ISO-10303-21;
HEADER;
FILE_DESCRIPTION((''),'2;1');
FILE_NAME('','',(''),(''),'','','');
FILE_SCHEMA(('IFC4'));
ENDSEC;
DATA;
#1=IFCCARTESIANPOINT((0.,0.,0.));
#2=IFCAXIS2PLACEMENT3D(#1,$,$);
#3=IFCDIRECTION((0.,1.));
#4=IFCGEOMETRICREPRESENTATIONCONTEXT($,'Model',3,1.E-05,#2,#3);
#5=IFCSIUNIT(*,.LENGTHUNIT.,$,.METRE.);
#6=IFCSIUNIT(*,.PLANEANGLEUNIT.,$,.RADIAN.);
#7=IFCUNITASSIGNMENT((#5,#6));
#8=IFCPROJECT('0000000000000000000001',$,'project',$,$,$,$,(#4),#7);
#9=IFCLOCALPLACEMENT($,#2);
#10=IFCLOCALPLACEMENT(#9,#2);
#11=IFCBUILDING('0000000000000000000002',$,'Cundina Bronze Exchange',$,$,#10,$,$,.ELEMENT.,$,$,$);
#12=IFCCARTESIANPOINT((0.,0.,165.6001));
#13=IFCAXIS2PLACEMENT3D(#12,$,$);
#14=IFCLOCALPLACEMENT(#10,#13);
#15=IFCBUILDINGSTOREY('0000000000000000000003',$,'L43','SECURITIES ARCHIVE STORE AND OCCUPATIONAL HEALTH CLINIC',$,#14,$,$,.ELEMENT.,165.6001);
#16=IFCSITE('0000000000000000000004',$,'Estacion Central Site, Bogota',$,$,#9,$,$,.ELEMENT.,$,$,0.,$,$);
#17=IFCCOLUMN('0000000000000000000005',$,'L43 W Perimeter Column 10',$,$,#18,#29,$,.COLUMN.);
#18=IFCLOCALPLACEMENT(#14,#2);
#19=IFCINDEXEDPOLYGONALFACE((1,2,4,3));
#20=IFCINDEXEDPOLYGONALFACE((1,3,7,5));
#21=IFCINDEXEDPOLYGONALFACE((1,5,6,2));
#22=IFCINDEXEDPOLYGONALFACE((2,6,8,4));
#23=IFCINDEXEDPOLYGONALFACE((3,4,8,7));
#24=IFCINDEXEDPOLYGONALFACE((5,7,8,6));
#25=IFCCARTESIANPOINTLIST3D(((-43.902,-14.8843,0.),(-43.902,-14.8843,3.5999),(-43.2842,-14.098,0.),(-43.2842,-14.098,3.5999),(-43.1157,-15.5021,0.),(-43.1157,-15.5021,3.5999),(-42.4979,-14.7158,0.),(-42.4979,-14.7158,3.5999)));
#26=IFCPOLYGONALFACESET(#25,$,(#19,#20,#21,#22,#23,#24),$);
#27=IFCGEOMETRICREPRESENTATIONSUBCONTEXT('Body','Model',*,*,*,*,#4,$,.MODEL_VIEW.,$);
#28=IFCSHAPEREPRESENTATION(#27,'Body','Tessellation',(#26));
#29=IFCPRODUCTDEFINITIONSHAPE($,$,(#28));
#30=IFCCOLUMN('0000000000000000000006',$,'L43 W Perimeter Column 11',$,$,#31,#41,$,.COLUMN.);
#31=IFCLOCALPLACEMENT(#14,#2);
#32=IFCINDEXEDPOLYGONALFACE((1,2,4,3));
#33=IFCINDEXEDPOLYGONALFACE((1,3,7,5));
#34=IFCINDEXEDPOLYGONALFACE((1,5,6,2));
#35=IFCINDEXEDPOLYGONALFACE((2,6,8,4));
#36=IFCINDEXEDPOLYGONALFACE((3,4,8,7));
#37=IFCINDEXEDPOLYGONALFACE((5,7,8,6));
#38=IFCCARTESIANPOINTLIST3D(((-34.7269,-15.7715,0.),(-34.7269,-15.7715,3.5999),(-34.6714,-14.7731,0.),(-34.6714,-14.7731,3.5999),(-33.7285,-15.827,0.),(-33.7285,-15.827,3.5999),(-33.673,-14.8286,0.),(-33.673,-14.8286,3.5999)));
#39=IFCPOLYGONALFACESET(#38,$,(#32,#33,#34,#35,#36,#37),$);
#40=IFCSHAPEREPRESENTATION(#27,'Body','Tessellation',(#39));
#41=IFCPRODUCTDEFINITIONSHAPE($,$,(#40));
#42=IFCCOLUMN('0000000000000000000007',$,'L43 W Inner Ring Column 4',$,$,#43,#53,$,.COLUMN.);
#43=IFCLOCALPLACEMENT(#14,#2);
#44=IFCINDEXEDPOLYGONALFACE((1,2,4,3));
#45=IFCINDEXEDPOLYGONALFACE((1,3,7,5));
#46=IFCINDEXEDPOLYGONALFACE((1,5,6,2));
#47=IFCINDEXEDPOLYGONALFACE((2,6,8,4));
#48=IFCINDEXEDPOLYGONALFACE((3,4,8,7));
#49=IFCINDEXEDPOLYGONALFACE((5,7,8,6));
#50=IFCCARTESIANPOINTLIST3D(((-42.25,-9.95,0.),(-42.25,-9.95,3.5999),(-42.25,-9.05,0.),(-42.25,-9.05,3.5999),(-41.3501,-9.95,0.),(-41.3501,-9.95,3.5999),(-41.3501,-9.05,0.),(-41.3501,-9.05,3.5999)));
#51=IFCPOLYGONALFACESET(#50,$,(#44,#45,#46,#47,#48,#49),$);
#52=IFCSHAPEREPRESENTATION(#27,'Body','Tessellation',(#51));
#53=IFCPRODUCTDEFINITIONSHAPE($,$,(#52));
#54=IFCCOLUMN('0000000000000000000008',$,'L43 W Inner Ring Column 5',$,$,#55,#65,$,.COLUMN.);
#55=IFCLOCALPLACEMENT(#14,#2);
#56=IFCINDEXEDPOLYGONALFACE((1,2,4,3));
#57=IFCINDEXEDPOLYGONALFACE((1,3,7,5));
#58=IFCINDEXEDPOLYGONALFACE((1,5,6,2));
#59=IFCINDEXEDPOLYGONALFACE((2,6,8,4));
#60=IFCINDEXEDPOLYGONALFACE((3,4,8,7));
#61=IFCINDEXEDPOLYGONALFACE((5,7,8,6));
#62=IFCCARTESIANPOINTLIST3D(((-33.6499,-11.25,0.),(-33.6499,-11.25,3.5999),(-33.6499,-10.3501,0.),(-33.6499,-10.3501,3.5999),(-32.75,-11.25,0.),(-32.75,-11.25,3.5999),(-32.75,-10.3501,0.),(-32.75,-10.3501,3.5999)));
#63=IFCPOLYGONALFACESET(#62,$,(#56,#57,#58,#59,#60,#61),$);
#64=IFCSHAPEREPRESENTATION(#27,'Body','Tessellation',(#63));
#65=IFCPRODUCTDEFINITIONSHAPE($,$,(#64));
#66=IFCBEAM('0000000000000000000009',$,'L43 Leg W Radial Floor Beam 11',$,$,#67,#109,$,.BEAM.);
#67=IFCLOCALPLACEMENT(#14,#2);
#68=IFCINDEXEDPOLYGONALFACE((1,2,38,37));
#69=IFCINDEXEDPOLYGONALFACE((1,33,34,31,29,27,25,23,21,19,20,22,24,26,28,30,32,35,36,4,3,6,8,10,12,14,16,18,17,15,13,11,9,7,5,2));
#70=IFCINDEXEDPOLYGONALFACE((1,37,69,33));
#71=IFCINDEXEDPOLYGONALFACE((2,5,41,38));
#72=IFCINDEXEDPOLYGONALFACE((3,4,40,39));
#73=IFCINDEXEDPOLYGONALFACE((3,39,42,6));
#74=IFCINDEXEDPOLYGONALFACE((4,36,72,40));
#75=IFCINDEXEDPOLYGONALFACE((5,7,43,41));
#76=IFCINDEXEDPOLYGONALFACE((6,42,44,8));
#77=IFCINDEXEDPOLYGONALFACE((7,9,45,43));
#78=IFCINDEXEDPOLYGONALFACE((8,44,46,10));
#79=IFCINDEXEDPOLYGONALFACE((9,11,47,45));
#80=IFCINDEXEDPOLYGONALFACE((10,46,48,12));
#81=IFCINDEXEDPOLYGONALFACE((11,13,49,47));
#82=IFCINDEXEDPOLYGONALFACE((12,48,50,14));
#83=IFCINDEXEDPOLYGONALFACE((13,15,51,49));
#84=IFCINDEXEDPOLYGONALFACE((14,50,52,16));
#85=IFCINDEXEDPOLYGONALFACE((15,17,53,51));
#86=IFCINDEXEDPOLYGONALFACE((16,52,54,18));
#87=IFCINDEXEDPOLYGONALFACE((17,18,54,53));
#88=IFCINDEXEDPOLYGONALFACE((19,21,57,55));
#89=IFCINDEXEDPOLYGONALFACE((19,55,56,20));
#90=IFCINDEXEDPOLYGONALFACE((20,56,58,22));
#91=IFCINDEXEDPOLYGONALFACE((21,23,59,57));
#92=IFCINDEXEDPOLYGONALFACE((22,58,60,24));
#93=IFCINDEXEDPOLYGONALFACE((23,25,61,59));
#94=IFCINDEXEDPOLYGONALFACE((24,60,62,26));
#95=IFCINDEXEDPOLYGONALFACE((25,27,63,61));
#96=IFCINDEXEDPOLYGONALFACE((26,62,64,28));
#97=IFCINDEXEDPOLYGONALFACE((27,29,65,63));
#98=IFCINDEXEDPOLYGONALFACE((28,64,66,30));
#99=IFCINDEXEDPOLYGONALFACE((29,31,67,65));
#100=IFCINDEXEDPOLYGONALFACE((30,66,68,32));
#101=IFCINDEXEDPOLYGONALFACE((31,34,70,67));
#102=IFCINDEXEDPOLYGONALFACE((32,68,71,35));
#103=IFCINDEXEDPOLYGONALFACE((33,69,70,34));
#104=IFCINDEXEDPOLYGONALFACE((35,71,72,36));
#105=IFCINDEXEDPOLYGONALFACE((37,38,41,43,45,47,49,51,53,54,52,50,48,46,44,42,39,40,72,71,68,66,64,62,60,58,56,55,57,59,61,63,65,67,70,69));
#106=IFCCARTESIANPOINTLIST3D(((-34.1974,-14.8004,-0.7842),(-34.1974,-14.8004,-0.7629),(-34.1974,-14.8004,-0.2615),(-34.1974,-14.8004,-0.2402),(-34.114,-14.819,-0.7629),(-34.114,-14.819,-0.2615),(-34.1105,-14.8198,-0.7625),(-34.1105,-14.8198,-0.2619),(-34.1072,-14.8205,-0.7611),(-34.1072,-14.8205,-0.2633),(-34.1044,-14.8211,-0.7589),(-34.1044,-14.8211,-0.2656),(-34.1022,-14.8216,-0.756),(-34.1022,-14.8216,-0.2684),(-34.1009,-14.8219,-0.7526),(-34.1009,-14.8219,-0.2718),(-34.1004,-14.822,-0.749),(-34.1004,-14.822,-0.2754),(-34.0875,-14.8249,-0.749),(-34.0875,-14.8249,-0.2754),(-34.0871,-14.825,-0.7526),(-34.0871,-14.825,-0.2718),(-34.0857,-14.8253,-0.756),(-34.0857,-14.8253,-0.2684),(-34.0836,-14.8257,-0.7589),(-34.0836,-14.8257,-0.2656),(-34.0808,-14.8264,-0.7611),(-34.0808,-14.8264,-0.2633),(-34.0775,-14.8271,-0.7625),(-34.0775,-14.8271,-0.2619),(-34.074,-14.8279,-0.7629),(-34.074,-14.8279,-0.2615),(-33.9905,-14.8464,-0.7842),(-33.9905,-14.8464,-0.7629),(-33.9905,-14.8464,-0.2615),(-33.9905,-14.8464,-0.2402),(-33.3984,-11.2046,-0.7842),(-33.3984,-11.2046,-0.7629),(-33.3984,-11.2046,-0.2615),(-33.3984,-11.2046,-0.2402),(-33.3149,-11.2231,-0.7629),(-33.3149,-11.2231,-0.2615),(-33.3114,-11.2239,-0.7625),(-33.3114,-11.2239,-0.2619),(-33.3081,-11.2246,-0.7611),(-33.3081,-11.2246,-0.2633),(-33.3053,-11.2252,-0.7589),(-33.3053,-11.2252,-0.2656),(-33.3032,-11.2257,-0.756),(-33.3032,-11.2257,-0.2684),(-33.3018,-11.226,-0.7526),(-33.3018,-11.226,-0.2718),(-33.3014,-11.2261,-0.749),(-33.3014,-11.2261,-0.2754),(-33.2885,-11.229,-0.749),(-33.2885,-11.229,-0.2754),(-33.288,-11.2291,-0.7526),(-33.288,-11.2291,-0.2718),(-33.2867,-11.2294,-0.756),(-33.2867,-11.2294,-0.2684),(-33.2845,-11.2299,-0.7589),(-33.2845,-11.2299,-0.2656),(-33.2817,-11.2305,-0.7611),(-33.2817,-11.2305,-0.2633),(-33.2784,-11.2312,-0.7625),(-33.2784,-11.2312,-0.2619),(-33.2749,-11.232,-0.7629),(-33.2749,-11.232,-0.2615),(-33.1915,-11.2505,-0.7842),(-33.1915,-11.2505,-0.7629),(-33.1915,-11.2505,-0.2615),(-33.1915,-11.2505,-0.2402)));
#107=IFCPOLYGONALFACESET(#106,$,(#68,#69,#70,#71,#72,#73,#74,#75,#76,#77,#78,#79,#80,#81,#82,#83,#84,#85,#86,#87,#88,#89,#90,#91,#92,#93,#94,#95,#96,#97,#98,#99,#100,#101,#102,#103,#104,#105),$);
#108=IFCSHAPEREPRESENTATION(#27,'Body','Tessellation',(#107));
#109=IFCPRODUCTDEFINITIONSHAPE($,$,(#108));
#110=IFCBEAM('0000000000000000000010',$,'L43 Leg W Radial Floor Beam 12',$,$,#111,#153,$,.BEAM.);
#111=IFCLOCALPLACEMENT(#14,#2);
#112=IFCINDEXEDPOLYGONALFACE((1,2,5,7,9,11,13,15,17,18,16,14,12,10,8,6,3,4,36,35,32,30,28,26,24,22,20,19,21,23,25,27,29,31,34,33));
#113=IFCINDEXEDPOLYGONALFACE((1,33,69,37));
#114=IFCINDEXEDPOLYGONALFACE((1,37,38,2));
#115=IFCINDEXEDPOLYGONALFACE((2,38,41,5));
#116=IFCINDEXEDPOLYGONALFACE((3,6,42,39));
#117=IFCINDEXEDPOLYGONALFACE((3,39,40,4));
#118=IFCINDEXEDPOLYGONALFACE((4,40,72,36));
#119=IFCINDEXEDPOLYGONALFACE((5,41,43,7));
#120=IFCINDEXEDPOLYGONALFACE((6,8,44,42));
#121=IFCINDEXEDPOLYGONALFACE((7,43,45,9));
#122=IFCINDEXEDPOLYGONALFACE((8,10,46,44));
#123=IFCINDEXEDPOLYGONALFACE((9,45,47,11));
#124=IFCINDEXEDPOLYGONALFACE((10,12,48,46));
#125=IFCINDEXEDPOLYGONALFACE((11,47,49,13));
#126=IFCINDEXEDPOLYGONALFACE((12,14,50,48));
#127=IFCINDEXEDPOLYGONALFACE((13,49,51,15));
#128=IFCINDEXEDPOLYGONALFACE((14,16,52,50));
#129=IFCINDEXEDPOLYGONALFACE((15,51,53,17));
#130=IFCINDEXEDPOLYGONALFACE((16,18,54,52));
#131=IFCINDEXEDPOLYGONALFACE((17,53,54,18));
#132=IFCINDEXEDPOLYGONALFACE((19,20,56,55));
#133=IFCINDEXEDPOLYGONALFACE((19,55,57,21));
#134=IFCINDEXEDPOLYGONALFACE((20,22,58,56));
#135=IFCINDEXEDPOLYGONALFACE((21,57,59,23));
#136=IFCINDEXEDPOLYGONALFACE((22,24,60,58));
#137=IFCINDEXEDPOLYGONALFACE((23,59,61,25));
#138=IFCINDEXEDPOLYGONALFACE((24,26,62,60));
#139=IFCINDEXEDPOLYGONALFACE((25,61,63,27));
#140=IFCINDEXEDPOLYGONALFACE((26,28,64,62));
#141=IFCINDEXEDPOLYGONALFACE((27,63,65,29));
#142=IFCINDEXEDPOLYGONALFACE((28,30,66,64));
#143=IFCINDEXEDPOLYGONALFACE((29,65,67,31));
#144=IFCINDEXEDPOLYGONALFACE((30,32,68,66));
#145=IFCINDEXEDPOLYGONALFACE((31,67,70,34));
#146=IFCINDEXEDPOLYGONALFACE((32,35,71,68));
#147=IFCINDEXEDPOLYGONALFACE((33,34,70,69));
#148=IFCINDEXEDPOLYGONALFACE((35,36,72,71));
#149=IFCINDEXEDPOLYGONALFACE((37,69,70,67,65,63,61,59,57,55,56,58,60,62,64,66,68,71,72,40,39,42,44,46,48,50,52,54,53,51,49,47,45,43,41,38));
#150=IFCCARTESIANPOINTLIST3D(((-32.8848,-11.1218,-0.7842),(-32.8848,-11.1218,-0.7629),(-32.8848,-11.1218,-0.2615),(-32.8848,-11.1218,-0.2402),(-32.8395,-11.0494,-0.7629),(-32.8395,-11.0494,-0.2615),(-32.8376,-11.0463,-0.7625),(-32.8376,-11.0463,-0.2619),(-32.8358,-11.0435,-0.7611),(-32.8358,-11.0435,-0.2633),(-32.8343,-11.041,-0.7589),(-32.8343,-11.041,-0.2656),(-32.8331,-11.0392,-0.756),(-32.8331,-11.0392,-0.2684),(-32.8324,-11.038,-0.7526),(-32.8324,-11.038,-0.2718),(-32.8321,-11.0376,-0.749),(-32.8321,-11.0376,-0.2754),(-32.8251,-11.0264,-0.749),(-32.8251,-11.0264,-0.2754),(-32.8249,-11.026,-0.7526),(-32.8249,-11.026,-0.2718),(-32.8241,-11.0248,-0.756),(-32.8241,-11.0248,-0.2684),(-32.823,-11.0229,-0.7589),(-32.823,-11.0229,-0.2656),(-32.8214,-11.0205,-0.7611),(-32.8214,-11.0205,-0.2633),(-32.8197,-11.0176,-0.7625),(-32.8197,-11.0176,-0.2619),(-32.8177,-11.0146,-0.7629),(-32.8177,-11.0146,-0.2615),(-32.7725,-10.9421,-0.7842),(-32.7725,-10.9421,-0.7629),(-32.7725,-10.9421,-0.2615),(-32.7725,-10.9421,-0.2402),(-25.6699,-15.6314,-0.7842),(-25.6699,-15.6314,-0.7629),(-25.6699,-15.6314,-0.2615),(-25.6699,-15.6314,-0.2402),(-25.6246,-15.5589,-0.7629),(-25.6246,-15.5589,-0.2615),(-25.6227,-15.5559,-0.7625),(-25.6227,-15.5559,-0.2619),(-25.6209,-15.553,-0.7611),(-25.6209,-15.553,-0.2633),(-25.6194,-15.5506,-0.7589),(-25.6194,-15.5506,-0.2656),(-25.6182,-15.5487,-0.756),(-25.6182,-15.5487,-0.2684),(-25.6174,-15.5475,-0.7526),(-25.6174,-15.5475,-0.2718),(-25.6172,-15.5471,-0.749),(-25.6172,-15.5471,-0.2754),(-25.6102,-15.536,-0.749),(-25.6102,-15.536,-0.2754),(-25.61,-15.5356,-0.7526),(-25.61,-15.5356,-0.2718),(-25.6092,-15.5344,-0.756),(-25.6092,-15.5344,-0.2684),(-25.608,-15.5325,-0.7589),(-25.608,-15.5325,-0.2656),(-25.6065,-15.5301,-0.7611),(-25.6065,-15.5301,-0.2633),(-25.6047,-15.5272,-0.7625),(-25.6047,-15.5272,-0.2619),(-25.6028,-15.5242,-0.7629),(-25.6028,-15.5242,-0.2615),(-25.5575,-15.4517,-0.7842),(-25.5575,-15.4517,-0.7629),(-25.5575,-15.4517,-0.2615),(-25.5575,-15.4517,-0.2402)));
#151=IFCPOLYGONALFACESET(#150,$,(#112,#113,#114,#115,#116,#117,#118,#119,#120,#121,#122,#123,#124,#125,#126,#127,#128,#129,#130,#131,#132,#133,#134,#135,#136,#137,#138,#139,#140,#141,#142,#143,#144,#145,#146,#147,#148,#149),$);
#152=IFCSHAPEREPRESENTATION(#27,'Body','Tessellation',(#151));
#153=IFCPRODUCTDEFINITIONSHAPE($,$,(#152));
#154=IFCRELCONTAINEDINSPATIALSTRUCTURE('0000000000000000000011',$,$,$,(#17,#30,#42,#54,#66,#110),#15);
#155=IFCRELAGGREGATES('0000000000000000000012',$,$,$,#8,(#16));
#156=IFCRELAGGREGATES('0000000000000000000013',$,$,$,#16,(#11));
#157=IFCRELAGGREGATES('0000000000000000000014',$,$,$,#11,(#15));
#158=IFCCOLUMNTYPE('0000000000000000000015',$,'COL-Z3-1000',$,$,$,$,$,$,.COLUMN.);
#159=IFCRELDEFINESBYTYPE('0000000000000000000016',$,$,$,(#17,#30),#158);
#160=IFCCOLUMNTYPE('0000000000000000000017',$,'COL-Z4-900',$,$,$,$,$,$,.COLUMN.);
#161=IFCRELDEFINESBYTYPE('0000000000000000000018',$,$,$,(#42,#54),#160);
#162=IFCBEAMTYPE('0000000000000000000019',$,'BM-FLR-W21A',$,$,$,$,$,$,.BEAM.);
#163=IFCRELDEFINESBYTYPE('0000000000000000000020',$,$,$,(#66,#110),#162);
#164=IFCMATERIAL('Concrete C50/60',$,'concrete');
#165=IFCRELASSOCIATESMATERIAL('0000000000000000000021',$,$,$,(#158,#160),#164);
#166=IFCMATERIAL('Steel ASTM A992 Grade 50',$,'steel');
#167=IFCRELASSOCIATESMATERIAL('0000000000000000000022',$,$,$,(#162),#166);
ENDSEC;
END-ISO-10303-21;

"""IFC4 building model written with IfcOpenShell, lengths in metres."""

from ifc_helpers import new_model, si_unit, direction, frame, origin, origin_2d, place, context, subcontext, project, spatial, rectangle, i_section, extrude, material, material_profile, profile_set, type_object, element, save


model = new_model("IFC4")

# Units and contexts
model_context = context("Model", 3, precision=1e-05, world=origin(), true_north=direction((0.0, 1.0)))
body_context = subcontext(model_context, "Body", "Model", "MODEL_VIEW")
ifc_project = project(units=[si_unit("LENGTHUNIT", "METRE"), si_unit("PLANEANGLEUNIT", "RADIAN")], contexts=[model_context])

# Site, building, storey
site_placement = place(None, origin())
site = spatial("IfcSite", under=ifc_project, at=site_placement, Name="Estacion Central Site, Bogota", CompositionType="ELEMENT", RefElevation=0.0)
building_placement = place(site_placement, origin())
building = spatial("IfcBuilding", under=site, at=building_placement, Name="Cundina Bronze Exchange", CompositionType="ELEMENT")
storey_placement = place(building_placement, frame((0.0, 0.0, 165.6001)))
storey = spatial("IfcBuildingStorey", under=building, at=storey_placement, Name="L43", Description="SECURITIES ARCHIVE STORE AND OCCUPATIONAL HEALTH CLINIC", CompositionType="ELEMENT", Elevation=165.6001)

# Columns
ifc_material_1 = material(Name="Concrete C50/60", Category="concrete")
ifc_material_profile_1 = material_profile(ifc_material_1, rectangle(XDim=1.0, YDim=1.0, at=origin_2d()), Name="RC1000X1000", Category="concrete")
ifc_profile_set_1 = profile_set([ifc_material_profile_1], Name="Concrete C50/60")
column_type_1 = type_object("IfcColumnType", Name="COL-Z3-1000", PredefinedType="COLUMN", material=ifc_profile_set_1)
for number, where, z_axis, x_axis, name in (
    (1, (-43.2, -14.8, 0.0), (0.0, 0.0, 1.0), (0.786288, -0.61786, 0.0), "L43 W Perimeter Column 10"),
    (2, (-34.2, -15.3, 0.0), (0.0, 0.0, 1.0), (0.99846, -0.055473, 0.0), "L43 W Perimeter Column 11"),
):
    element("IfcColumn", number, at=place(storey_placement, frame(where, z_axis=z_axis, x_axis=x_axis)), inside=storey, type_object=column_type_1, Name=name, PredefinedType="COLUMN", context=body_context, shape_type="SweptSolid", body=[
        extrude(rectangle(XDim=1.0, YDim=1.0, at=origin_2d()), origin(), (0.0, 0.0, 1.0), 3.5999),
    ])
ifc_material_profile_2 = material_profile(ifc_material_1, rectangle(XDim=0.8999, YDim=0.8999, at=origin_2d()), Name="RC900X900", Category="concrete")
ifc_profile_set_2 = profile_set([ifc_material_profile_2], Name="Concrete C50/60")
column_type_2 = type_object("IfcColumnType", Name="COL-Z4-900", PredefinedType="COLUMN", material=ifc_profile_set_2)
for number, where, z_axis, x_axis, name in (
    (3, (-41.8, -9.5, 0.0), (0.0, 0.0, 1.0), (1.0, 0.0, 0.0), "L43 W Inner Ring Column 4"),
    (4, (-33.2, -10.8, 0.0), (0.0, 0.0, 1.0), (1.0, 0.0, 0.0), "L43 W Inner Ring Column 5"),
):
    element("IfcColumn", number, at=place(storey_placement, frame(where, z_axis=z_axis, x_axis=x_axis)), inside=storey, type_object=column_type_2, Name=name, PredefinedType="COLUMN", context=body_context, shape_type="SweptSolid", body=[
        extrude(rectangle(XDim=0.8999, YDim=0.8999, at=origin_2d()), origin(), (0.0, 0.0, 1.0), 3.5999),
    ])

# Beams
ifc_material_2 = material(Name="Steel ASTM A992 Grade 50", Category="steel")
ifc_material_profile_3 = material_profile(ifc_material_2, i_section(OverallWidth=0.2119, OverallDepth=0.5439, WebThickness=0.0132, FlangeThickness=0.0212, FilletRadius=0.0139, at=origin_2d()), Name="W21X83", Category="steel")
ifc_profile_set_3 = profile_set([ifc_material_profile_3], Name="Steel ASTM A992 Grade 50")
beam_type_1 = type_object("IfcBeamType", Name="BM-FLR-W21A", PredefinedType="BEAM", material=ifc_profile_set_3)
beam_1_placement = place(storey_placement, frame((-33.2949, -11.2275, -0.5122), z_axis=(-0.216923, -0.976189, 0.0), x_axis=(0.976189, -0.216923, 0.0)))
element("IfcBeam", 5, at=beam_1_placement, inside=storey, type_object=beam_type_1, Name="L43 Leg W Radial Floor Beam 11", PredefinedType="BEAM", context=body_context, shape_type="SweptSolid", body=[
    extrude(i_section(OverallWidth=0.2119, OverallDepth=0.5439, WebThickness=0.0132, FlangeThickness=0.0212, FilletRadius=0.0139, at=origin_2d()), origin(), (0.0, 0.0, 1.0), 3.6836),
])
beam_2_placement = place(storey_placement, frame((-32.8286, -11.032, -0.5122), z_axis=(0.847985, -0.53002, 0.0), x_axis=(0.53002, 0.847985, 0.0)))
element("IfcBeam", 6, at=beam_2_placement, inside=storey, type_object=beam_type_1, Name="L43 Leg W Radial Floor Beam 12", PredefinedType="BEAM", context=body_context, shape_type="SweptSolid", body=[
    extrude(i_section(OverallWidth=0.2119, OverallDepth=0.5439, WebThickness=0.0132, FlangeThickness=0.0212, FilletRadius=0.0139, at=origin_2d()), origin(), (0.0, 0.0, 1.0), 8.5083),
])

save(model, "model.ifc")
